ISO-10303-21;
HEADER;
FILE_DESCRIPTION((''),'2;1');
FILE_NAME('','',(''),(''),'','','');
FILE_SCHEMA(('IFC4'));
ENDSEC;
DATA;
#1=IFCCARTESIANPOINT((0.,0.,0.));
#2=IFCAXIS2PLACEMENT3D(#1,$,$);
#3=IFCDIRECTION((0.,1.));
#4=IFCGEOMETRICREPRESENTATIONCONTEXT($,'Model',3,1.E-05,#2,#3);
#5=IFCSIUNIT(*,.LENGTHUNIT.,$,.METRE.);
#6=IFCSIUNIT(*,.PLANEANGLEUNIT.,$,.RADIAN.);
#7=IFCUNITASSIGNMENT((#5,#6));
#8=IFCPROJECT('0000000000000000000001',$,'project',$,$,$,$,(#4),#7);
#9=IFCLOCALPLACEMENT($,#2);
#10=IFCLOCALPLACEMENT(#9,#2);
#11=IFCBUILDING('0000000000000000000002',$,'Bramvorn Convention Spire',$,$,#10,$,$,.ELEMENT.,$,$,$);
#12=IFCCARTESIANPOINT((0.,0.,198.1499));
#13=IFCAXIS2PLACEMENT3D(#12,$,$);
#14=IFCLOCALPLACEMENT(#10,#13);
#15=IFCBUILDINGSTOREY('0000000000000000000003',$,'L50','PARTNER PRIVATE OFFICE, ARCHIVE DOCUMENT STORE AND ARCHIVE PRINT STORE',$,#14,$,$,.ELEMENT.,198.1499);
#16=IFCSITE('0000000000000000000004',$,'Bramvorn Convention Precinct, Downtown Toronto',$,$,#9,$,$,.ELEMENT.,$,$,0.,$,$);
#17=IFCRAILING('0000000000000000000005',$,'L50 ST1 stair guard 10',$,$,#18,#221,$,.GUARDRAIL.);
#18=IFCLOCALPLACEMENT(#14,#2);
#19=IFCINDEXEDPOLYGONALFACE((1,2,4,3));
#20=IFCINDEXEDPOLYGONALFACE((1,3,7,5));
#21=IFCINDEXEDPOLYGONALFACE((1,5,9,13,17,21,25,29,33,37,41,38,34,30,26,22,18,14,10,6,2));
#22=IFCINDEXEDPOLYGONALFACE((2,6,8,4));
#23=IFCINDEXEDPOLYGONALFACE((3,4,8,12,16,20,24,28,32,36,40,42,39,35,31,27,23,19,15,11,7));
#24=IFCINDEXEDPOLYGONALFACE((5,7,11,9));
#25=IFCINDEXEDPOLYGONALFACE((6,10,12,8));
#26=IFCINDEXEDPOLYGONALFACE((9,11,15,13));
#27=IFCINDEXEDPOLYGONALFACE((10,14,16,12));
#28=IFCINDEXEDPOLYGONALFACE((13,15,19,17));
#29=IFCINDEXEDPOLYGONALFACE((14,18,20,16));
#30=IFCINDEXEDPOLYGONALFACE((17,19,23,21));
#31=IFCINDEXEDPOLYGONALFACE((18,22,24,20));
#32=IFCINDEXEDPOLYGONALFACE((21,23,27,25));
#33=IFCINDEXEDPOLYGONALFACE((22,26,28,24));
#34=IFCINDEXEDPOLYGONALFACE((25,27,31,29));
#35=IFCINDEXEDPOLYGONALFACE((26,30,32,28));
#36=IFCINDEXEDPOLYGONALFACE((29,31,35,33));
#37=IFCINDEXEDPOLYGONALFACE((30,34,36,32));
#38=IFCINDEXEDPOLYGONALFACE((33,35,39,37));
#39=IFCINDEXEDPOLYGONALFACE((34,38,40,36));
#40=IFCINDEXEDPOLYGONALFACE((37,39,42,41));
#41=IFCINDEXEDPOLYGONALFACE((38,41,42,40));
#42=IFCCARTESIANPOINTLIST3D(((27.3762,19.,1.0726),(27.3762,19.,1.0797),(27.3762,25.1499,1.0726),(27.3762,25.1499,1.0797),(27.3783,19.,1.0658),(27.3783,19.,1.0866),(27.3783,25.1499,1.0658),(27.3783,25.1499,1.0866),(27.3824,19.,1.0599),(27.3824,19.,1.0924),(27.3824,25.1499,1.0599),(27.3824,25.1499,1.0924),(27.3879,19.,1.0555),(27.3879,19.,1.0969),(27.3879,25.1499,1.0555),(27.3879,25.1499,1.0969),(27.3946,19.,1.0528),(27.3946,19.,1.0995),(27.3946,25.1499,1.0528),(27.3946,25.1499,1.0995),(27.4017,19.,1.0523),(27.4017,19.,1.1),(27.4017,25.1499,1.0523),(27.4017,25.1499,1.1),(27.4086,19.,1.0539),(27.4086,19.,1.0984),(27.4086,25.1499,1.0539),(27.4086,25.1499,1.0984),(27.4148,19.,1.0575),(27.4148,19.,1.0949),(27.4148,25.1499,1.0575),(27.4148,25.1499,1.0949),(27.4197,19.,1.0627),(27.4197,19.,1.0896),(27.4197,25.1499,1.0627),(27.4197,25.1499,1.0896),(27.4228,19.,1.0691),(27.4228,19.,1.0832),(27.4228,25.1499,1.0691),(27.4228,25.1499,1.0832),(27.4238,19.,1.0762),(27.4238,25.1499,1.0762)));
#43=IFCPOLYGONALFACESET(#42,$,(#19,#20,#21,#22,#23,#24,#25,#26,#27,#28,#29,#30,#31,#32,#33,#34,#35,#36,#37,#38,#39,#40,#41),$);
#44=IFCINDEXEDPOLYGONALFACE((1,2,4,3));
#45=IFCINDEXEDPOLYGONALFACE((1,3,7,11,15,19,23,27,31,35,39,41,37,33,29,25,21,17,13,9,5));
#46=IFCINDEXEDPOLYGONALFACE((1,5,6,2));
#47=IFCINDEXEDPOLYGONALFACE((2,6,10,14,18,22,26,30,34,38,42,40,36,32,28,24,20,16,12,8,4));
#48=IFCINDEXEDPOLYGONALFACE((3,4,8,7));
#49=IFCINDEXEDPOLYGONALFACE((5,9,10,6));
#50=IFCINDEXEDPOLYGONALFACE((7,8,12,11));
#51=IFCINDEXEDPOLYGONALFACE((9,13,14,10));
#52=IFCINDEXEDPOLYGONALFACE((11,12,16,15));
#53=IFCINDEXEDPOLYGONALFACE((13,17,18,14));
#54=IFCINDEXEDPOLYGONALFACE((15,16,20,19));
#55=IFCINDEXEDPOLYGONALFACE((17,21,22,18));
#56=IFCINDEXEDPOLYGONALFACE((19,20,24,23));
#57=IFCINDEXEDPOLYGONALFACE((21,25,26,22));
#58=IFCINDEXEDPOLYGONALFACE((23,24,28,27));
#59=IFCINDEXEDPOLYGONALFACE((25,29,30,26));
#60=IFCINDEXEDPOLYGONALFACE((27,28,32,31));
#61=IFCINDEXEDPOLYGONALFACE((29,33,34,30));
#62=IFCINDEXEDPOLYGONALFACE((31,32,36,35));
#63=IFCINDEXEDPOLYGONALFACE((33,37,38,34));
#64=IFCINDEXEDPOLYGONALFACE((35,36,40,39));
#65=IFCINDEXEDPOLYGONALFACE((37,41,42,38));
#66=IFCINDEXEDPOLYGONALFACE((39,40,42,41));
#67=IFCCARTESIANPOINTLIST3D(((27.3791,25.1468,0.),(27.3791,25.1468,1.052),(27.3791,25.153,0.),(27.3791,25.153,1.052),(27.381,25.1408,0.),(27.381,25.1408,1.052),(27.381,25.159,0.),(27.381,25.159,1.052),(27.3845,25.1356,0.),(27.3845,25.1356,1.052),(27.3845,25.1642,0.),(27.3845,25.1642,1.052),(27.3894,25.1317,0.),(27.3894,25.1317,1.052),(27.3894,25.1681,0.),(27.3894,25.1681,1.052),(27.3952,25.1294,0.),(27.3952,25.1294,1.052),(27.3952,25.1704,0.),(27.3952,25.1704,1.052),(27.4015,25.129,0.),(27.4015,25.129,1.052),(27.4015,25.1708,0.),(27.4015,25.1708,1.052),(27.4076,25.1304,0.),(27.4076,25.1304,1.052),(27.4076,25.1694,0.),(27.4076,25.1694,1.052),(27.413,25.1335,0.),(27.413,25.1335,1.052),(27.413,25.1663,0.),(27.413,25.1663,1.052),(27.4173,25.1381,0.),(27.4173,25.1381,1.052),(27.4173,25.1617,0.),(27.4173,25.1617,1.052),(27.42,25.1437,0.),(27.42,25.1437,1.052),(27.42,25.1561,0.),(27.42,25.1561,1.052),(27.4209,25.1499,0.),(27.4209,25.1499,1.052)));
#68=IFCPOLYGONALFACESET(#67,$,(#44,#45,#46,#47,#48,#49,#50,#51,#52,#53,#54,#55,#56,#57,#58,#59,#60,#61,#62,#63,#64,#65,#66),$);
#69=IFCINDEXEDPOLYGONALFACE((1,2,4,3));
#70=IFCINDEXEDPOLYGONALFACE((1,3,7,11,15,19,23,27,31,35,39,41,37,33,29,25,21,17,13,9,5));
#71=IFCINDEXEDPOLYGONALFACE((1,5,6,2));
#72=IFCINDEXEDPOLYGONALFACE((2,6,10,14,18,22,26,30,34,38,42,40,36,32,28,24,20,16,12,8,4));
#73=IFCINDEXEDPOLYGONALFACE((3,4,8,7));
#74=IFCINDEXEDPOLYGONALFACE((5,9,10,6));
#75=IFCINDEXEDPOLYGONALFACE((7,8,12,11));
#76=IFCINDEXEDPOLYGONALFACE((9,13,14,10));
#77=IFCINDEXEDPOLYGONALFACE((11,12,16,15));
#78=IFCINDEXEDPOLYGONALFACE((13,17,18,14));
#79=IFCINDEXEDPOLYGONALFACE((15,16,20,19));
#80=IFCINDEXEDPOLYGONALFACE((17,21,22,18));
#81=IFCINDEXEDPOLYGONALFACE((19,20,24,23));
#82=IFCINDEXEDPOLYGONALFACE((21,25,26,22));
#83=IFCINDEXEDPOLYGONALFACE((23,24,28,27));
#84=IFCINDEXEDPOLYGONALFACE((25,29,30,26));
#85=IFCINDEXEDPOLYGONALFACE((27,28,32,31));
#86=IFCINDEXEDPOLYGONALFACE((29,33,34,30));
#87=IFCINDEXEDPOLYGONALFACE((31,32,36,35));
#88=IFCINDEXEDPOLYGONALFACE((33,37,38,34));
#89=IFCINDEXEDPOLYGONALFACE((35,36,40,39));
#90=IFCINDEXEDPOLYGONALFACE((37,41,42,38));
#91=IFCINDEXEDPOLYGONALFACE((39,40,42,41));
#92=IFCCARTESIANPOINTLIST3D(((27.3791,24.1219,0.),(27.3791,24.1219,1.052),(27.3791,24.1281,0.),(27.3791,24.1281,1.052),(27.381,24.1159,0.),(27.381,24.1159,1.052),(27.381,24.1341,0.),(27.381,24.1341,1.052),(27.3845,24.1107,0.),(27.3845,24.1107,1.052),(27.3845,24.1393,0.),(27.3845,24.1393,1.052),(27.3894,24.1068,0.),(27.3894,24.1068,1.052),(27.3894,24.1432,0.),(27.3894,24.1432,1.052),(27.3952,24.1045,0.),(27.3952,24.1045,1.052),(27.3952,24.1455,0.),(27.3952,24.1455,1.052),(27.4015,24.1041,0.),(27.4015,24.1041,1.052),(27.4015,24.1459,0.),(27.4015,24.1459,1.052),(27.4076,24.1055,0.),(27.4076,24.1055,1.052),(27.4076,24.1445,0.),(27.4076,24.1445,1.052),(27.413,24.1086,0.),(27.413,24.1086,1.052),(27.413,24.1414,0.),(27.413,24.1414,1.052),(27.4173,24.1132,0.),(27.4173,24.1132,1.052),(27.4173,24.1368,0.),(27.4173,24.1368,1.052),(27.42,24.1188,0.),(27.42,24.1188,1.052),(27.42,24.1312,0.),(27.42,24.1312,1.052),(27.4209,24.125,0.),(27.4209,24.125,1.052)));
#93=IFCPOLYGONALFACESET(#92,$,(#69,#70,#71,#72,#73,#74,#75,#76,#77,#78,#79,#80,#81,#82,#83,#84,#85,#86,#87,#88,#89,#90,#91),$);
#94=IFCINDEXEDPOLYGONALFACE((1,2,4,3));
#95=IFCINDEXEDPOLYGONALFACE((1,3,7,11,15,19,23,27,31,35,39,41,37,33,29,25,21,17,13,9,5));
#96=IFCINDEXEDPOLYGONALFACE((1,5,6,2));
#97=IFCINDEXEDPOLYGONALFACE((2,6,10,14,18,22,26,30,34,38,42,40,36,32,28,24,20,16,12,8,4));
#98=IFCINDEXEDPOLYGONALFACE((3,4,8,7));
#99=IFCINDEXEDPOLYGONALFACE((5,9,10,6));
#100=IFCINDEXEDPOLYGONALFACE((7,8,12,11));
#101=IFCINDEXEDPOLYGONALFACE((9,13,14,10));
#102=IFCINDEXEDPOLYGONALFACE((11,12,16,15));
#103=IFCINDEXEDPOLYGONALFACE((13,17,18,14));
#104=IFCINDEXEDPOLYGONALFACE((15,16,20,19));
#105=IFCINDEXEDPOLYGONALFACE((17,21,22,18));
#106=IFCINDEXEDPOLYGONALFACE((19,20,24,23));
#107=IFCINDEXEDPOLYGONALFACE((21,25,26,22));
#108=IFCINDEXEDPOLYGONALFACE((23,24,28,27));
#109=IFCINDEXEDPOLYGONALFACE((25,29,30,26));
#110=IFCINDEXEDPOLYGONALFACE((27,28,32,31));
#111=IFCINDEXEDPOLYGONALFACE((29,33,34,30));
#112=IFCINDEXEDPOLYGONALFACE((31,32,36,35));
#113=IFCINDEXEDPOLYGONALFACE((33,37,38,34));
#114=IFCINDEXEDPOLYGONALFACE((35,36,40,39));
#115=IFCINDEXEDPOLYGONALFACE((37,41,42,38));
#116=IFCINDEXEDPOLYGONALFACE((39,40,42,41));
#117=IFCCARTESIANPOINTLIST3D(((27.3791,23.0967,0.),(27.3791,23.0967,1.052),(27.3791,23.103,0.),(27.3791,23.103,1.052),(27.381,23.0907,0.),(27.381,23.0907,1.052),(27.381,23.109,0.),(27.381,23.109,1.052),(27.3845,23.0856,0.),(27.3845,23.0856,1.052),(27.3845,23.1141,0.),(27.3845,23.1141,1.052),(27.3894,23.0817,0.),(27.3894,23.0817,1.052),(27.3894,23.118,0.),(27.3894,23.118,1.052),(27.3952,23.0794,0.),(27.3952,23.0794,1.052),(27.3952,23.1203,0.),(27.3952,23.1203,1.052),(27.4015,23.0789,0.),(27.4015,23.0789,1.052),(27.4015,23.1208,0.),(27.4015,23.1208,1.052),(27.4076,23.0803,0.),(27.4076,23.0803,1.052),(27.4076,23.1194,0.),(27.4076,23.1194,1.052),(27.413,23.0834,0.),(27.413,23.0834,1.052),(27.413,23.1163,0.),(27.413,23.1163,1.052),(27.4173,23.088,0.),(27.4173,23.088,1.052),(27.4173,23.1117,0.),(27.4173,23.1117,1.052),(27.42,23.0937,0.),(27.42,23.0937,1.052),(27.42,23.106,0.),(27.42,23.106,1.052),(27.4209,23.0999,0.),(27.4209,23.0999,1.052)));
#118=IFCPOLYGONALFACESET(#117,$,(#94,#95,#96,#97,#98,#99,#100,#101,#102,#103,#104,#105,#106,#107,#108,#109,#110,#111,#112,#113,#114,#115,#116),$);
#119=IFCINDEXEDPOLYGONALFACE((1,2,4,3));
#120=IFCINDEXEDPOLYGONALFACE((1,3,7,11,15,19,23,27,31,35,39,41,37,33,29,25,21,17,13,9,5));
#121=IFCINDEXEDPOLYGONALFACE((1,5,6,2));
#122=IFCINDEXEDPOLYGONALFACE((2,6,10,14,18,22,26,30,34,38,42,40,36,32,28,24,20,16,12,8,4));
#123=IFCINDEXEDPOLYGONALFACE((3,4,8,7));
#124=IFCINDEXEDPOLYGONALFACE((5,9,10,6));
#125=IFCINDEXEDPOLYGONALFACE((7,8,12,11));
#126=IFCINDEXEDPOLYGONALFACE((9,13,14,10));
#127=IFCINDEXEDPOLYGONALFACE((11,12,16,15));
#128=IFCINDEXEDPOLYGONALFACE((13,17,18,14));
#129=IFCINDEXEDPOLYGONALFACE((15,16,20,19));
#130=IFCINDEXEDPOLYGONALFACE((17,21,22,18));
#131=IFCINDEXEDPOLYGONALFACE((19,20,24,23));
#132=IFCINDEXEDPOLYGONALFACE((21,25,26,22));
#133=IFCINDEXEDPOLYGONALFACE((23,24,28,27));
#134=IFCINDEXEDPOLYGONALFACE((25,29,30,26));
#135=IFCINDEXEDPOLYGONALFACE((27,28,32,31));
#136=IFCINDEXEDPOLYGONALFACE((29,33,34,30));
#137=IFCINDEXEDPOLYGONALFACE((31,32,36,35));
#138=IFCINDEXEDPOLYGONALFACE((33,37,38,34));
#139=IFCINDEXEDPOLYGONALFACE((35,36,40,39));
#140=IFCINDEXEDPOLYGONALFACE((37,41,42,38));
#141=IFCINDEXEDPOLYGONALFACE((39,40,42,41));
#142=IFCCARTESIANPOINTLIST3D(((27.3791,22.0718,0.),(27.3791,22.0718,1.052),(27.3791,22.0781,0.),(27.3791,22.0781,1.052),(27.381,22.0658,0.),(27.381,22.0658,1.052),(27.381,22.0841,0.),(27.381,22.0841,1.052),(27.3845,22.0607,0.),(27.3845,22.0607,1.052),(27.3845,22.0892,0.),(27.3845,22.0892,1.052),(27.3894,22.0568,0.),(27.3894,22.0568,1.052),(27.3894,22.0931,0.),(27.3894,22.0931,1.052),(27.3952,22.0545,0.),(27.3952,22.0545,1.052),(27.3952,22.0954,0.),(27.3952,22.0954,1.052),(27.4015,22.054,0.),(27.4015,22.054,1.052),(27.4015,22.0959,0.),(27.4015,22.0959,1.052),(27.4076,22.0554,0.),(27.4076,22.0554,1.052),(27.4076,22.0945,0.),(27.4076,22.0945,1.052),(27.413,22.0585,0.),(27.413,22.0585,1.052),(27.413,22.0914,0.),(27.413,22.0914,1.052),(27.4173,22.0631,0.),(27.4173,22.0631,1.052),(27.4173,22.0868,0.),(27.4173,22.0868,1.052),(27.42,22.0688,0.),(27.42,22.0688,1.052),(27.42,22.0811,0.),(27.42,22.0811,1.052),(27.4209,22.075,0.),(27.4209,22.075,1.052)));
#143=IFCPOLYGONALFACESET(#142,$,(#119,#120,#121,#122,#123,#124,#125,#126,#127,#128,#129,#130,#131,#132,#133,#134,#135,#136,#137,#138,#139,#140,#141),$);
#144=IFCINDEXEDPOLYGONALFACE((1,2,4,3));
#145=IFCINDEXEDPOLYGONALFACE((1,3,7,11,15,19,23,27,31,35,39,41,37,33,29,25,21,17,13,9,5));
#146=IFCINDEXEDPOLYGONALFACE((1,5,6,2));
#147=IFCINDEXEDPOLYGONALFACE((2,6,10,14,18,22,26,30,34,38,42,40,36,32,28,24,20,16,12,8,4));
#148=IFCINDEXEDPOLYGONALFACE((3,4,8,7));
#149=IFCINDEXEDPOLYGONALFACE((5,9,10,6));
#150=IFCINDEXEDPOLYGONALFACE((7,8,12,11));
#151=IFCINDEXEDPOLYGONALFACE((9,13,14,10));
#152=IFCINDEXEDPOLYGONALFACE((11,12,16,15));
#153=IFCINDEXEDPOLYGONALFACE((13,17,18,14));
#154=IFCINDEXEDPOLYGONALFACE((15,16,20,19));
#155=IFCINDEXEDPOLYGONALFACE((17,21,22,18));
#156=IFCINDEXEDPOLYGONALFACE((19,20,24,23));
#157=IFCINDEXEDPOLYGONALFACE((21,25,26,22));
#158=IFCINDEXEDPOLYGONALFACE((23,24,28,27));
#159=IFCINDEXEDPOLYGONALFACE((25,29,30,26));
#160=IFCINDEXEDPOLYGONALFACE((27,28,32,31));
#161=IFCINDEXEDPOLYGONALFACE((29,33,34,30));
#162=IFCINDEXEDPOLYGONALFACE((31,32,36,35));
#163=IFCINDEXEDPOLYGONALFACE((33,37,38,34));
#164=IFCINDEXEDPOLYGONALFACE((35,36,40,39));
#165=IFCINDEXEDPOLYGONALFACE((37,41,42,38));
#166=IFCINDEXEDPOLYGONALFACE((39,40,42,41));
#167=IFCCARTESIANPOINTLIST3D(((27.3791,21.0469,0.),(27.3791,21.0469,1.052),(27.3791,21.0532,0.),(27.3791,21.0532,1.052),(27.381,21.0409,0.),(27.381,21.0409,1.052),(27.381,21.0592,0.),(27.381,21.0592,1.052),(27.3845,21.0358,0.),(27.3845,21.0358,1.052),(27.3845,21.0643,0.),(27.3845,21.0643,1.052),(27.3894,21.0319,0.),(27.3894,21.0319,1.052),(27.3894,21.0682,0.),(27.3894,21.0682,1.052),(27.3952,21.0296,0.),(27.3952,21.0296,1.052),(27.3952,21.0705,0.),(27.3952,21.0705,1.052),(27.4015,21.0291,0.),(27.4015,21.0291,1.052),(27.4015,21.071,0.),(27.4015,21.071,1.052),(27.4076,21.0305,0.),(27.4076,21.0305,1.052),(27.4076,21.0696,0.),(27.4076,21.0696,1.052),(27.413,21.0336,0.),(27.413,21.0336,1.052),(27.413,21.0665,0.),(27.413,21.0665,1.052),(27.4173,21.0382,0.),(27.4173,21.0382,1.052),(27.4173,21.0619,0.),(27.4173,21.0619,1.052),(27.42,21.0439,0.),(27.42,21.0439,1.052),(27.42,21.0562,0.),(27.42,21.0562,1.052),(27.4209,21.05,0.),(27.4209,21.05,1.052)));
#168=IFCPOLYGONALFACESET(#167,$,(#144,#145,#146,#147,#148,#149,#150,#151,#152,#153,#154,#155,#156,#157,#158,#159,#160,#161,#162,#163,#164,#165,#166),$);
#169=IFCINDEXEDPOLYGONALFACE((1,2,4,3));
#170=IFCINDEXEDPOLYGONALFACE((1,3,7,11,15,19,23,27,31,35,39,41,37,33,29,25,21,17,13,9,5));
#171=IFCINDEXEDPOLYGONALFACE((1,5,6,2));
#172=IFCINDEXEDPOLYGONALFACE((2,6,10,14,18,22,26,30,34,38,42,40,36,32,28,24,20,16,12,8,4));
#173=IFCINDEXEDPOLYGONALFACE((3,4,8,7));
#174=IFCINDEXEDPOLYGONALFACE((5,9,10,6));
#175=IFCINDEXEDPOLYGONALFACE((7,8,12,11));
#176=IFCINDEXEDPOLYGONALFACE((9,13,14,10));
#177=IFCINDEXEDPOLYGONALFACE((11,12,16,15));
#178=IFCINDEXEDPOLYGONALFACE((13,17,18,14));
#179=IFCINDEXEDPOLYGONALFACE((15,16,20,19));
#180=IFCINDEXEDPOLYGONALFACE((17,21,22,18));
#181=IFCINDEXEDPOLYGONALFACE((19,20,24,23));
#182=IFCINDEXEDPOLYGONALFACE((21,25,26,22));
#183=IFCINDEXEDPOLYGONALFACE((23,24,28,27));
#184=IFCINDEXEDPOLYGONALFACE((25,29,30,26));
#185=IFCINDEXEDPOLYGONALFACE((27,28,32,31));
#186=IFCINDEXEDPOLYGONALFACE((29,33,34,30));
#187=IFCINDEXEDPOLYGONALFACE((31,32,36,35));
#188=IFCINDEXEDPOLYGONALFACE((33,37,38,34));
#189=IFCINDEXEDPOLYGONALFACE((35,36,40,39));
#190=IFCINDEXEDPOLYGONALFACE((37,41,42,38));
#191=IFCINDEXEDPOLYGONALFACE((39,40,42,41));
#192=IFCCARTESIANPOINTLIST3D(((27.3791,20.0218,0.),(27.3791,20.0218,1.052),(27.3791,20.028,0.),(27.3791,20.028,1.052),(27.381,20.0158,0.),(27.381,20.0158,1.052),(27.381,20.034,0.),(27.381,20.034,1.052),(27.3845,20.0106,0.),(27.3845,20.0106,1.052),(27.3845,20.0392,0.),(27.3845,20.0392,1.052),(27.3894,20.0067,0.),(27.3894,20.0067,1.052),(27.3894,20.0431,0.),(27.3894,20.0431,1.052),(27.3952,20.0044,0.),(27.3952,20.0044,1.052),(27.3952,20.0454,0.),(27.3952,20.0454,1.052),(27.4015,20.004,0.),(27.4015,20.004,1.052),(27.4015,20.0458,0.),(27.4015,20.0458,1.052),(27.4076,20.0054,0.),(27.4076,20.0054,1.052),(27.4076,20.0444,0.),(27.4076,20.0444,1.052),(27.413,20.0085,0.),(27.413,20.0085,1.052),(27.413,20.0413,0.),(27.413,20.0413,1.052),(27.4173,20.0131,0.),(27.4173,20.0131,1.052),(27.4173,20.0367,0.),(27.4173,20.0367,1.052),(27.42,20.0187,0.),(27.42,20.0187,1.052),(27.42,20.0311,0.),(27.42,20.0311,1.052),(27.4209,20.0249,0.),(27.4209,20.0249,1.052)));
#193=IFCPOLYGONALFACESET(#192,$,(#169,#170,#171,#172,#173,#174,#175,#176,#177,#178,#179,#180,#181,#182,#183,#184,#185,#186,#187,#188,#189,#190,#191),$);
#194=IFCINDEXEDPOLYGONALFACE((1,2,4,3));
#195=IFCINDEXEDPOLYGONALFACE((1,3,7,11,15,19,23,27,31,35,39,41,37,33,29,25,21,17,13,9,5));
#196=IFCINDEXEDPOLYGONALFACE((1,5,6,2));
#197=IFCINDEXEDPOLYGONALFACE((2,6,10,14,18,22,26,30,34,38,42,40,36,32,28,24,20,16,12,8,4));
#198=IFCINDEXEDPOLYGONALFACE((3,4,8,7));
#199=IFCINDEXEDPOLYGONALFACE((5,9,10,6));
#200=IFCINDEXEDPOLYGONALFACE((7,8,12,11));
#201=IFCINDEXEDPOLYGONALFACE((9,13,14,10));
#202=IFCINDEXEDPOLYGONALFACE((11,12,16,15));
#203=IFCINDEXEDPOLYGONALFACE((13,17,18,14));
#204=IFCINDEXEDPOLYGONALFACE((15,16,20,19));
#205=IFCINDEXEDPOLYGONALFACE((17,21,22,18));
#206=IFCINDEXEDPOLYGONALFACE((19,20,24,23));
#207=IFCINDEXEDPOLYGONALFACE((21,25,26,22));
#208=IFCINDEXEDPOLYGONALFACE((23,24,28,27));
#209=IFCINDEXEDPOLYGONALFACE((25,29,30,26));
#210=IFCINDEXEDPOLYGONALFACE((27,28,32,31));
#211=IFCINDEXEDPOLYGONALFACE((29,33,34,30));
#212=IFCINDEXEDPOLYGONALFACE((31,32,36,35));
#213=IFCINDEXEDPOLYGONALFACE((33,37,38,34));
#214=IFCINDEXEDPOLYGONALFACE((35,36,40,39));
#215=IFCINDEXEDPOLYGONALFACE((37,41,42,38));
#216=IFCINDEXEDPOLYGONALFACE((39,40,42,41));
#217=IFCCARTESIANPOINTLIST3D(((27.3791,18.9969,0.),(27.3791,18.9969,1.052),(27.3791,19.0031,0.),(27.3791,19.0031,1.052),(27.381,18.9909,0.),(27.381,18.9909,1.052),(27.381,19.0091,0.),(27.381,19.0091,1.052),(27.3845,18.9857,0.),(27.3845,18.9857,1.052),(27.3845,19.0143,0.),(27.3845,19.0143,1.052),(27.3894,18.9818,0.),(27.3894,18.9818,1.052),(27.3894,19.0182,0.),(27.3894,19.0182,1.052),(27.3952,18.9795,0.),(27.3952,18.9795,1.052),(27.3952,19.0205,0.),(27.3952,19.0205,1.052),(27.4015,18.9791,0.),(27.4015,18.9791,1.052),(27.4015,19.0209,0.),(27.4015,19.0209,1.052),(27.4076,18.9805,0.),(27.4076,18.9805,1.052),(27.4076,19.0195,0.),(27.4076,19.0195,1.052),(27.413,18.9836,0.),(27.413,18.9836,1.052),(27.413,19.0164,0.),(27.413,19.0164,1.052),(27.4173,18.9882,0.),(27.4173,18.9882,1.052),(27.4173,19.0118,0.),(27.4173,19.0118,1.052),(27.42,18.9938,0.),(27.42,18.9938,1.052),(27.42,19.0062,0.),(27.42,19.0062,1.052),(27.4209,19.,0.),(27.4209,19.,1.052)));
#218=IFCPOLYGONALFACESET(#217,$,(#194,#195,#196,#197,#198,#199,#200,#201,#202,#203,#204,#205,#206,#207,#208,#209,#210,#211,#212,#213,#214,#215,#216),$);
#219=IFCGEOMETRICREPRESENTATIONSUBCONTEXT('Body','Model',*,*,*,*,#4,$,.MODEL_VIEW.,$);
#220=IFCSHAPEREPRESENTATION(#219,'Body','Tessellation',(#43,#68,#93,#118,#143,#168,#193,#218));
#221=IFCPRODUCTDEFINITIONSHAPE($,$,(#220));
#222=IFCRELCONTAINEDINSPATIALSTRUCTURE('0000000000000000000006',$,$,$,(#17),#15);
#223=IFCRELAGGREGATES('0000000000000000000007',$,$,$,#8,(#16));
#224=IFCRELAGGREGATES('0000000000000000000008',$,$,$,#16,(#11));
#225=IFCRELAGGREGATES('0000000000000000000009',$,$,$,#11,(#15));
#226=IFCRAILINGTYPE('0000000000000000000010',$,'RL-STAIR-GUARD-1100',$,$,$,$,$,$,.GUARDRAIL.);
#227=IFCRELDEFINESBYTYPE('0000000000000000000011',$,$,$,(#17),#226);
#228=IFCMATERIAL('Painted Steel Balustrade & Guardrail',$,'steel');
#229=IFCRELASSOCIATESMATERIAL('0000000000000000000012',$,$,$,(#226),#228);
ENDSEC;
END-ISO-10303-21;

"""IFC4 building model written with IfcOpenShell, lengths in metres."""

from ifc_helpers import new_model, si_unit, direction, frame, origin, origin_2d, place, context, subcontext, project, spatial, circle, extrude, material, type_object, element, save


model = new_model("IFC4")

# Units and contexts
model_context = context("Model", 3, precision=1e-05, world=origin(), true_north=direction((0.0, 1.0)))
body_context = subcontext(model_context, "Body", "Model", "MODEL_VIEW")
ifc_project = project(units=[si_unit("LENGTHUNIT", "METRE"), si_unit("PLANEANGLEUNIT", "RADIAN")], contexts=[model_context])

# Site, building, storey
site_placement = place(None, origin())
site = spatial("IfcSite", under=ifc_project, at=site_placement, Name="Bramvorn Convention Precinct, Downtown Toronto", CompositionType="ELEMENT", RefElevation=0.0)
building_placement = place(site_placement, origin())
building = spatial("IfcBuilding", under=site, at=building_placement, Name="Bramvorn Convention Spire", CompositionType="ELEMENT")
storey_placement = place(building_placement, frame((0.0, 0.0, 198.1499)))
storey = spatial("IfcBuildingStorey", under=building, at=storey_placement, Name="L50", Description="PARTNER PRIVATE OFFICE, ARCHIVE DOCUMENT STORE AND ARCHIVE PRINT STORE", CompositionType="ELEMENT", Elevation=198.1499)

# Railing
ifc_material_1 = material(Name="Painted Steel Balustrade & Guardrail", Category="steel")
railing_type_1 = type_object("IfcRailingType", Name="RL-STAIR-GUARD-1100", PredefinedType="GUARDRAIL", material=ifc_material_1)
railing_1_placement = place(storey_placement, frame((27.3999, 25.1499, 0.0)))
element("IfcRailing", 1, at=railing_1_placement, inside=storey, type_object=railing_type_1, Name="L50 ST1 stair guard 10", PredefinedType="GUARDRAIL", context=body_context, shape_type="SweptSolid", body=[
    extrude(circle(Radius=0.0239, at=origin_2d()), frame((0.0, 0.0, 1.0762), z_axis=(0.0, -1.0, 0.0), x_axis=(1.0, 0.0, 0.0)), (0.0, 0.0, 1.0), 6.1499),
    extrude(circle(Radius=0.021, at=origin_2d()), origin(), (0.0, 0.0, 1.0), 1.052),
    extrude(circle(Radius=0.021, at=origin_2d()), frame((0.0, -1.0249, 0.0)), (0.0, 0.0, 1.0), 1.052),
    extrude(circle(Radius=0.021, at=origin_2d()), frame((0.0, -2.05, 0.0)), (0.0, 0.0, 1.0), 1.052),
    extrude(circle(Radius=0.021, at=origin_2d()), frame((0.0, -3.075, 0.0)), (0.0, 0.0, 1.0), 1.052),
    extrude(circle(Radius=0.021, at=origin_2d()), frame((0.0, -4.0999, 0.0)), (0.0, 0.0, 1.0), 1.052),
    extrude(circle(Radius=0.021, at=origin_2d()), frame((0.0, -5.125, 0.0)), (0.0, 0.0, 1.0), 1.052),
    extrude(circle(Radius=0.021, at=origin_2d()), frame((0.0, -6.1499, 0.0)), (0.0, 0.0, 1.0), 1.052),
])

save(model, "model.ifc")
